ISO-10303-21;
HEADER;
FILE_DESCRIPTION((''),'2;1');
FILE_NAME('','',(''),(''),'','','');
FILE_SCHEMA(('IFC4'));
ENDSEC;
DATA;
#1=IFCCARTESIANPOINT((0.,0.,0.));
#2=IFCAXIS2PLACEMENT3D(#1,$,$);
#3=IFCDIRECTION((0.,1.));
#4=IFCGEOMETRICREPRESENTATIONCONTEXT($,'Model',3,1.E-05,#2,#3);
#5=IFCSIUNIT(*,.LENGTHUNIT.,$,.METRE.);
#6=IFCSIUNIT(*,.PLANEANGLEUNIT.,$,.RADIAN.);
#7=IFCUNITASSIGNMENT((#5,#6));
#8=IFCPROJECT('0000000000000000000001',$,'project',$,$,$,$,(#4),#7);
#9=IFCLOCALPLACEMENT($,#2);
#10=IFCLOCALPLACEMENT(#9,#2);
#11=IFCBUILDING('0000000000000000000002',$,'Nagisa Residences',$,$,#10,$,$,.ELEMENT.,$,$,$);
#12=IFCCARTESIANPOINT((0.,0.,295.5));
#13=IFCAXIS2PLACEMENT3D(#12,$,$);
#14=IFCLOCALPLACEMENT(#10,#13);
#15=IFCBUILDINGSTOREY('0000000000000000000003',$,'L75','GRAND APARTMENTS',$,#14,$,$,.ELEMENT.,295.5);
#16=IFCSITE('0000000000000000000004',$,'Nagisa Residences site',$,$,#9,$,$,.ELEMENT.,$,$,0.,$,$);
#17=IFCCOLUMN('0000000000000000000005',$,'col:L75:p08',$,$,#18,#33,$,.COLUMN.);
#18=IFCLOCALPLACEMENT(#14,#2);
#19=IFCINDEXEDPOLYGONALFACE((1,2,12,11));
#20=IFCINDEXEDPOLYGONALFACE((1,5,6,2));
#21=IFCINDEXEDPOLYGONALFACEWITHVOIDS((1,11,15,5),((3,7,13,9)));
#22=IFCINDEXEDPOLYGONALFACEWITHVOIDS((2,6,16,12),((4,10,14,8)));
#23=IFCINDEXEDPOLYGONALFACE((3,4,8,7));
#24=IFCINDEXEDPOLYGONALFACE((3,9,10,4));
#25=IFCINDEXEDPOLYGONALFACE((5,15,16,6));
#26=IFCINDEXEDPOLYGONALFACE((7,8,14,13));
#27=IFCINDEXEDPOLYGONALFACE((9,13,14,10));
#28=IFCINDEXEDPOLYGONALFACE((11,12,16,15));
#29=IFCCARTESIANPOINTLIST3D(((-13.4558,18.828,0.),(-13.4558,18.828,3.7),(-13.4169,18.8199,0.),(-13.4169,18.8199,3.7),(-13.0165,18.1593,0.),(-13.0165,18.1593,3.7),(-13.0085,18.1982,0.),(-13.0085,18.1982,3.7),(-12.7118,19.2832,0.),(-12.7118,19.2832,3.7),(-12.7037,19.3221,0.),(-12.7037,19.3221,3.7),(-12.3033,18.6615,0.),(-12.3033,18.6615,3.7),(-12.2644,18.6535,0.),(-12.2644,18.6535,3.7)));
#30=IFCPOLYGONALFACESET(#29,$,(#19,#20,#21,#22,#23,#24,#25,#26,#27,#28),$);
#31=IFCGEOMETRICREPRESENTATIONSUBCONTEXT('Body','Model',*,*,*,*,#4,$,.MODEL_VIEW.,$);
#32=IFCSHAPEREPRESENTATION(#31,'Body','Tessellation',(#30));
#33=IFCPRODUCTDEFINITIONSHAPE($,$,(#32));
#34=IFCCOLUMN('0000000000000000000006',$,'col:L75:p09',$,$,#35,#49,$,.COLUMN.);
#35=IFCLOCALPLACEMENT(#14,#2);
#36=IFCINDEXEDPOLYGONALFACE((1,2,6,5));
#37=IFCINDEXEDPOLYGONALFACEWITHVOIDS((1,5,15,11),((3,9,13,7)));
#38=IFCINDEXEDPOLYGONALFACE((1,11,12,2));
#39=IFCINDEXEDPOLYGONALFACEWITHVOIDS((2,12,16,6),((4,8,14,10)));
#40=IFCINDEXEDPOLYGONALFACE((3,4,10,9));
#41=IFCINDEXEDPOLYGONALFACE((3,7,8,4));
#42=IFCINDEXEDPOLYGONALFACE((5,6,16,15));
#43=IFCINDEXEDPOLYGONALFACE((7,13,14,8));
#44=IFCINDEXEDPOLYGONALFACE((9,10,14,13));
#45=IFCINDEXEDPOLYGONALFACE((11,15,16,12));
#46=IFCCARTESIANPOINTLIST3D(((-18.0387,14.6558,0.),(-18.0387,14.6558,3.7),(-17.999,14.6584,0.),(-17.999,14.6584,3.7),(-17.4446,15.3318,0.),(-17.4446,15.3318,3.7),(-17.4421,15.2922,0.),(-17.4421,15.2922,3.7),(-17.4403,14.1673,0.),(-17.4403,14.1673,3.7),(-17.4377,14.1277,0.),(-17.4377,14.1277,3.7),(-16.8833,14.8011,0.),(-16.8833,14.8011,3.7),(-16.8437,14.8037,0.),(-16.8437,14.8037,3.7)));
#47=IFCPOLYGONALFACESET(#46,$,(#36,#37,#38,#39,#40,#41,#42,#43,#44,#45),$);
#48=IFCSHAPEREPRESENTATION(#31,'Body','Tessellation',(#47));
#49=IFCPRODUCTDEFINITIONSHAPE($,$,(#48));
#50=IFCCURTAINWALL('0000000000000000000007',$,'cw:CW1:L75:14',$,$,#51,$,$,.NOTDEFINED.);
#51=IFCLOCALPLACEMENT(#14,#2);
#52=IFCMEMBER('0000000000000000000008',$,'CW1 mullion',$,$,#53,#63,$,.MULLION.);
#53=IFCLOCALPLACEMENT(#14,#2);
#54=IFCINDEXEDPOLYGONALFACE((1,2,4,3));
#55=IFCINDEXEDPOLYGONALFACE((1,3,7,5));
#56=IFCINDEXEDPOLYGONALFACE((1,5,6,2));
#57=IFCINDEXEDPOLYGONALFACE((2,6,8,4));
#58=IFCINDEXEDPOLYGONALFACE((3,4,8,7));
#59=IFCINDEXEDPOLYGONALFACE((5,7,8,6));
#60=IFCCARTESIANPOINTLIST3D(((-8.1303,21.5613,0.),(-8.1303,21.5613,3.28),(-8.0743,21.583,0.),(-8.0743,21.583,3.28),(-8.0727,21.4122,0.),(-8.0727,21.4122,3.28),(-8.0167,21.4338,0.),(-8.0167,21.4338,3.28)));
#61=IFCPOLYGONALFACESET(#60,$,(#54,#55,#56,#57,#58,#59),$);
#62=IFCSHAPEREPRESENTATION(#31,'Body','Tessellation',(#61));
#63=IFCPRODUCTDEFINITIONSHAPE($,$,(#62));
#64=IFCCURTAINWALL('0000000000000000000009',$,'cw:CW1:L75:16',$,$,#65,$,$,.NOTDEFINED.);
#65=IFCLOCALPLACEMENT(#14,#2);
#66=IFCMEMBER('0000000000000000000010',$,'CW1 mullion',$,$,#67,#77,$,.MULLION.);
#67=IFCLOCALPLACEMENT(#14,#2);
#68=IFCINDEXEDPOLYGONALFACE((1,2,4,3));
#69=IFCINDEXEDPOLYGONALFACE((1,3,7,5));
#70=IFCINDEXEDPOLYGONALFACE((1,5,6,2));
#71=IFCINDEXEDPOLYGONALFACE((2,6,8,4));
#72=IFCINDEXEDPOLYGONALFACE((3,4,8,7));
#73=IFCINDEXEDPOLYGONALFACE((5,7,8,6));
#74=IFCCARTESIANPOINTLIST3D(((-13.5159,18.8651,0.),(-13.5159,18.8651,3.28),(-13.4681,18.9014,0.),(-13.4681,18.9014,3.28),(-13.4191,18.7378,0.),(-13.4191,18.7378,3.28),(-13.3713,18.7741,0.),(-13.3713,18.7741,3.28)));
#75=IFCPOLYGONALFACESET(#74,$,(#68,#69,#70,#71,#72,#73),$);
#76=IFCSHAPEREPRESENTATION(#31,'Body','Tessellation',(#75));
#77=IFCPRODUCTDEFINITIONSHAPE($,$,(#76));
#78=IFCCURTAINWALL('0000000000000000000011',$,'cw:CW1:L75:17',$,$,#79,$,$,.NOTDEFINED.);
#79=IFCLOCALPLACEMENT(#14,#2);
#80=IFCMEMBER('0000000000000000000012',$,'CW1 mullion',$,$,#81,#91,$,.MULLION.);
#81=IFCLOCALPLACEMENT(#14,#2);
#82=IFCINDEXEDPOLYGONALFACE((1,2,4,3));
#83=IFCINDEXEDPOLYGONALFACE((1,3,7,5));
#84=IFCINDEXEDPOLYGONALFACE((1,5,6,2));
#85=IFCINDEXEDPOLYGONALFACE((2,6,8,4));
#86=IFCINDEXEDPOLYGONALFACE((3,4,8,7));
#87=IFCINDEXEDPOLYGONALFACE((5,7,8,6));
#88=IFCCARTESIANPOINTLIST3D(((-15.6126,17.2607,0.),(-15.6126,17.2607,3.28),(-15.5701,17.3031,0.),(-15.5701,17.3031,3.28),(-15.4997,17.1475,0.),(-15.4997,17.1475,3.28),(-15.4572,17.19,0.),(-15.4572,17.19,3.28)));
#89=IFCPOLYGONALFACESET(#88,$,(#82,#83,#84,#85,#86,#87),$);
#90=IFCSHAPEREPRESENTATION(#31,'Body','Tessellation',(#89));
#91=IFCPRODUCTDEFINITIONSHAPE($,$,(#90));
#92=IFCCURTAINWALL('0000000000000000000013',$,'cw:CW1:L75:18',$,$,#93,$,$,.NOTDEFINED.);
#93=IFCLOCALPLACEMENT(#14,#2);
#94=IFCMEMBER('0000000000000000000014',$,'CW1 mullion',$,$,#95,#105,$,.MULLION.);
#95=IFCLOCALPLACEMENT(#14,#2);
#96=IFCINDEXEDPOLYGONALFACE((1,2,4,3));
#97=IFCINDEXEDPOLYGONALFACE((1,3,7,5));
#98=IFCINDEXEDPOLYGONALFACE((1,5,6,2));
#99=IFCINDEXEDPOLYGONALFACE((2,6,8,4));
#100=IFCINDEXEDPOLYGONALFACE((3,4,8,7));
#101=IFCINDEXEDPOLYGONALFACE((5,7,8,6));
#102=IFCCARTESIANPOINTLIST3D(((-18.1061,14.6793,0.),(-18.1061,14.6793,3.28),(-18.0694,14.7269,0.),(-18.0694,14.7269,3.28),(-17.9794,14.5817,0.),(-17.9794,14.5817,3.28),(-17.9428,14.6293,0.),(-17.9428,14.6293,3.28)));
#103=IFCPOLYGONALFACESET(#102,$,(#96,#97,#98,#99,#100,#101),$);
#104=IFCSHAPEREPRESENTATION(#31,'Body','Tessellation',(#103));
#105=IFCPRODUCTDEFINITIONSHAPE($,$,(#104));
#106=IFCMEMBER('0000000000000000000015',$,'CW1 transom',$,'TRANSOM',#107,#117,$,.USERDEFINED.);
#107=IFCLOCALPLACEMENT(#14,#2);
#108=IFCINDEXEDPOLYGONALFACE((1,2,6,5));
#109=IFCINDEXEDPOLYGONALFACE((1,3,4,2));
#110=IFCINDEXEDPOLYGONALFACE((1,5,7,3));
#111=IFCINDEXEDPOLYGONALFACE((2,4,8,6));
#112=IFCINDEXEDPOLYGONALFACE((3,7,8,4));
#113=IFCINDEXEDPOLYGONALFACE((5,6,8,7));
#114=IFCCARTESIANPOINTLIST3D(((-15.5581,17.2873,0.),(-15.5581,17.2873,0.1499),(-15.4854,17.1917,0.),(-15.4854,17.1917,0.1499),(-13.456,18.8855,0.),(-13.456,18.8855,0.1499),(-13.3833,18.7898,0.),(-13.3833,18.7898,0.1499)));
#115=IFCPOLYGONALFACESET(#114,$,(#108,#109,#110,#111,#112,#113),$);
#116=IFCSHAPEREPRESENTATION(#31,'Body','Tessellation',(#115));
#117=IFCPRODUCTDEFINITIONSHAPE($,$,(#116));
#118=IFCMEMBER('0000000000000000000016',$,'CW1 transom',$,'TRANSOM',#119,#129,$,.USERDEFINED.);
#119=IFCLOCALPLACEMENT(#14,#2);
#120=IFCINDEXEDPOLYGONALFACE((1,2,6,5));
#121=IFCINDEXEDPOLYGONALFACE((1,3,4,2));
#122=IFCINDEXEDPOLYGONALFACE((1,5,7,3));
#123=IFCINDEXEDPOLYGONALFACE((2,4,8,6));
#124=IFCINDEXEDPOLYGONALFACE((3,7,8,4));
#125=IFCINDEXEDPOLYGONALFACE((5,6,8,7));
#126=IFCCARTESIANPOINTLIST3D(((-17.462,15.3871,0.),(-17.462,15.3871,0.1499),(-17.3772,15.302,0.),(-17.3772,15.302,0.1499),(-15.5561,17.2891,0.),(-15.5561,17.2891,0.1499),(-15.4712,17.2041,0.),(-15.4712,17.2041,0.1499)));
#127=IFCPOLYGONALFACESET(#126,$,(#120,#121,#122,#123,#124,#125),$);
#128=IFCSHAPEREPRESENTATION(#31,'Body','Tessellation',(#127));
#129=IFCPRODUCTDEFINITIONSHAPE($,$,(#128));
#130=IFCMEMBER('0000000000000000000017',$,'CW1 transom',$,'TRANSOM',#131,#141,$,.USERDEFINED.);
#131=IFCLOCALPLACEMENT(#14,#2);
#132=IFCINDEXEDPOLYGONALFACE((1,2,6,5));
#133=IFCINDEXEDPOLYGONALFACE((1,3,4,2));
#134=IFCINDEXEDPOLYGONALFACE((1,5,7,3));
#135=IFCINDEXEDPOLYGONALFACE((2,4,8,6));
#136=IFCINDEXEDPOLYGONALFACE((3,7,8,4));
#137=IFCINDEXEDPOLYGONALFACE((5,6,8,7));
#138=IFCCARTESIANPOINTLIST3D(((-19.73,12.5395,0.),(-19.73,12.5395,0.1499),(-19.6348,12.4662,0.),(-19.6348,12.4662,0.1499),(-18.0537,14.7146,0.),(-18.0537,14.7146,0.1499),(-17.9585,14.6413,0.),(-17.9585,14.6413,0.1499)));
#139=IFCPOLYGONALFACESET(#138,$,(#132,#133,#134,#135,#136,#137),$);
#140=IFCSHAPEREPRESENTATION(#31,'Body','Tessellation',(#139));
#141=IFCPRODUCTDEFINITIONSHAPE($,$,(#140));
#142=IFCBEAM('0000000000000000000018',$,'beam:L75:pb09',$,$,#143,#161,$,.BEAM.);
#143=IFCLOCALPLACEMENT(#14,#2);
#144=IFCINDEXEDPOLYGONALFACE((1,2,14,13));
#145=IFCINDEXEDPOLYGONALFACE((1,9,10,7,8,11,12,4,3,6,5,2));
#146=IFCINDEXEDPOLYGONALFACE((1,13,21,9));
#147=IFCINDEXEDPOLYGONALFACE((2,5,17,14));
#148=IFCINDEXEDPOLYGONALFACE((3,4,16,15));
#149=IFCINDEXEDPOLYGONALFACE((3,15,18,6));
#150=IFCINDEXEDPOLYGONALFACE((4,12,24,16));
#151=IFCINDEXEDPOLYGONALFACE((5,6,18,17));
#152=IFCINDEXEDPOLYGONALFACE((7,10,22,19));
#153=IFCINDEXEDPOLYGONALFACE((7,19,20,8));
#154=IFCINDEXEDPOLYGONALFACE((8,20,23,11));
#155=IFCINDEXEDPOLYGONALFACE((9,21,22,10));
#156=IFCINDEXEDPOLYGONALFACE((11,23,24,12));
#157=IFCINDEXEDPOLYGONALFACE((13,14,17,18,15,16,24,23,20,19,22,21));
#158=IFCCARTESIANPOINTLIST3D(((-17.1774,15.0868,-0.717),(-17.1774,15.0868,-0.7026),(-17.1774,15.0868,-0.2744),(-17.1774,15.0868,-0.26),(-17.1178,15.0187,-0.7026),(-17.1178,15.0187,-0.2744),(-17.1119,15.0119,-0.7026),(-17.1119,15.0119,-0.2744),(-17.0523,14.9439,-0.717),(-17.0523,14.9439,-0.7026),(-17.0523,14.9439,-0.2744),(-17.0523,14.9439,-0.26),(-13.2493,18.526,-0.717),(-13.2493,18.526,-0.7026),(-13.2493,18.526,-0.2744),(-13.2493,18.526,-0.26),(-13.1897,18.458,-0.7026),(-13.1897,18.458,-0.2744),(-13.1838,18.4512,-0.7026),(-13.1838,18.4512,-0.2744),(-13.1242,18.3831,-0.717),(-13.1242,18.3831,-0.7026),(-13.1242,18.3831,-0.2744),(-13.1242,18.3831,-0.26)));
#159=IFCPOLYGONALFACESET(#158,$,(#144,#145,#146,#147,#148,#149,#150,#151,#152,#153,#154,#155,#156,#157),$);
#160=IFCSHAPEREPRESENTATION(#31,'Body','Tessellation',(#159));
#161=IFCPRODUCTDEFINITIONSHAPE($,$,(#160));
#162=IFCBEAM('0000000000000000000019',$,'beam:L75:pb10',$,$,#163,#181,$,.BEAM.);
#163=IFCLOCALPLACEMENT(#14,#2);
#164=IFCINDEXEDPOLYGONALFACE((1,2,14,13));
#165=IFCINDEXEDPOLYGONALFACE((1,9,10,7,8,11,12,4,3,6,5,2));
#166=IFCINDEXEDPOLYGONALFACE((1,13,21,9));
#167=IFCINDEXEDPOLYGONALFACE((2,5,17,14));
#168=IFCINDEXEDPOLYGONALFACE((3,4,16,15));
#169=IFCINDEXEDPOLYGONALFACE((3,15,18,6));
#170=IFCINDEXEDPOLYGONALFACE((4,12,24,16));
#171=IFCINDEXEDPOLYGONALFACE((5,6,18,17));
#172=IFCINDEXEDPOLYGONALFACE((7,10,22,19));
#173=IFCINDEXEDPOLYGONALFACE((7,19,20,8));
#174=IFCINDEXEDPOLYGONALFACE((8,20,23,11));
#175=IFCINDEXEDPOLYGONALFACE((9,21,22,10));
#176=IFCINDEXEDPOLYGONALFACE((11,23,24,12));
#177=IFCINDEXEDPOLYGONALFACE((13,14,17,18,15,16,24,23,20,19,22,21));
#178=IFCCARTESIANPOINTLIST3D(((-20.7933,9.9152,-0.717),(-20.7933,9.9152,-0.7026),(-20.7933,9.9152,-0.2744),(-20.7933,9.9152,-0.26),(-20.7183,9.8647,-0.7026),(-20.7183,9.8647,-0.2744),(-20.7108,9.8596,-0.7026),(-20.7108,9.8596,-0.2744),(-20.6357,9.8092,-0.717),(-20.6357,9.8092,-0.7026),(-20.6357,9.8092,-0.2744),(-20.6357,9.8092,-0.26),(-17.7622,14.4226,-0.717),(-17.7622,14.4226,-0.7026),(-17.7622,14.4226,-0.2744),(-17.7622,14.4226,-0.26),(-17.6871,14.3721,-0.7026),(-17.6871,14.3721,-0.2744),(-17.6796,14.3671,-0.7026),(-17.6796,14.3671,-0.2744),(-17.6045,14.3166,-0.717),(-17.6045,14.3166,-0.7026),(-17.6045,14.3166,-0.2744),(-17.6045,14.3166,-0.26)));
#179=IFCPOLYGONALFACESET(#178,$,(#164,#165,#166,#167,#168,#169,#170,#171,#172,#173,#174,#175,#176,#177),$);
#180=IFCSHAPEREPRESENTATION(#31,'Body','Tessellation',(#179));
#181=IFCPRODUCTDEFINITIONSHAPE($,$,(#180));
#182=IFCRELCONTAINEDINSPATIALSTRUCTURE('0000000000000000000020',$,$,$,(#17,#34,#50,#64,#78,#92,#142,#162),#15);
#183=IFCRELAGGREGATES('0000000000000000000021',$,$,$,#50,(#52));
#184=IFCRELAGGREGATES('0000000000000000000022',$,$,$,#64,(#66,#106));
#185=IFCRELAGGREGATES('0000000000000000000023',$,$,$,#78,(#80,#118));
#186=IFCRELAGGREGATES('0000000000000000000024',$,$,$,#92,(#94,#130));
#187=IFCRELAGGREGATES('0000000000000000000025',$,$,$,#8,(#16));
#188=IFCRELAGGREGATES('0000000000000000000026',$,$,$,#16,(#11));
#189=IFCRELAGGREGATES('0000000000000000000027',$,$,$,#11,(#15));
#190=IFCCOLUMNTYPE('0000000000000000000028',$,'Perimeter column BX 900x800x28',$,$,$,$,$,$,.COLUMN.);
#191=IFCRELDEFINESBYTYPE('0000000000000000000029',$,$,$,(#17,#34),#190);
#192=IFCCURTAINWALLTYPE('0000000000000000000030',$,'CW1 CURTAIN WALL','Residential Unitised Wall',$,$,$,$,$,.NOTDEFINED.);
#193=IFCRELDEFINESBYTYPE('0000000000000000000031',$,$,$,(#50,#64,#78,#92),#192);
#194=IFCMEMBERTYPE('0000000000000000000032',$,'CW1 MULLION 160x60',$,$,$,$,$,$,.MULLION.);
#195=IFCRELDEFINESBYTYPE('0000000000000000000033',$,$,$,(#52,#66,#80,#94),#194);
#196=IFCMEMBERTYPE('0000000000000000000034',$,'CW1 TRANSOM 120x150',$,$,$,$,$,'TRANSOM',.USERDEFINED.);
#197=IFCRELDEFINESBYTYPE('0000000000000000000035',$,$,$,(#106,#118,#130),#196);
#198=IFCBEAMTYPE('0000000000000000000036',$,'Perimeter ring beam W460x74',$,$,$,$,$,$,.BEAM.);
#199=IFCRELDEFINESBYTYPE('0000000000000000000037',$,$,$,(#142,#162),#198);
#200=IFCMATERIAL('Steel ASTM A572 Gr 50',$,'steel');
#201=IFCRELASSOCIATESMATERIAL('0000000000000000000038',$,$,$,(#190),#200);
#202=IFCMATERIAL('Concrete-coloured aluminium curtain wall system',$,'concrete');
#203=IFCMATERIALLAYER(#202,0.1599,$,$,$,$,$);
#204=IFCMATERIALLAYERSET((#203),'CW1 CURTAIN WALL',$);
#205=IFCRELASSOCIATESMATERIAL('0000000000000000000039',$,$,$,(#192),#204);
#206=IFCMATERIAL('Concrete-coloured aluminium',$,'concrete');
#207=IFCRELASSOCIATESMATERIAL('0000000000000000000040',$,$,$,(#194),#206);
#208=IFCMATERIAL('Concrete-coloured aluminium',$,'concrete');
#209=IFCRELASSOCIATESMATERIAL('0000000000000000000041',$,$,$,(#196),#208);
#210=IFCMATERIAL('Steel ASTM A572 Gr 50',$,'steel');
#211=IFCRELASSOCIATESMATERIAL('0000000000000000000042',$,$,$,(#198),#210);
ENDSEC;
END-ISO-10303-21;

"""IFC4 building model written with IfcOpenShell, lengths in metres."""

from ifc_helpers import new_model, si_unit, direction, frame, origin, origin_2d, place, context, subcontext, project, spatial, rectangle, hollow_rectangle, i_section, extrude, material, layer, layer_set, material_profile, profile_set, type_object, element, aggregate, save


model = new_model("IFC4")

# Units and contexts
model_context = context("Model", 3, precision=1e-05, world=origin(), true_north=direction((0.0, 1.0)))
body_context = subcontext(model_context, "Body", "Model", "MODEL_VIEW")
ifc_project = project(units=[si_unit("LENGTHUNIT", "METRE"), si_unit("PLANEANGLEUNIT", "RADIAN")], contexts=[model_context])

# Site, building, storey
site_placement = place(None, origin())
site = spatial("IfcSite", under=ifc_project, at=site_placement, Name="Nagisa Residences site", CompositionType="ELEMENT", RefElevation=0.0)
building_placement = place(site_placement, origin())
building = spatial("IfcBuilding", under=site, at=building_placement, Name="Nagisa Residences", CompositionType="ELEMENT")
storey_placement = place(building_placement, frame((0.0, 0.0, 295.5)))
storey = spatial("IfcBuildingStorey", under=building, at=storey_placement, Name="L75", Description="GRAND APARTMENTS", CompositionType="ELEMENT", Elevation=295.5)

# Columns
ifc_material_1 = material(Name="Steel ASTM A572 Gr 50", Category="steel")
ifc_material_profile_1 = material_profile(ifc_material_1, hollow_rectangle(XDim=0.8999, YDim=0.8, WallThickness=0.0281, at=origin_2d()), Name="BX 900x800x28")
ifc_profile_set_1 = profile_set([ifc_material_profile_1], Name="Steel ASTM A572 Gr 50")
column_type = type_object("IfcColumnType", Name="Perimeter column BX 900x800x28", PredefinedType="COLUMN", material=ifc_profile_set_1)
for number, where, z_axis, x_axis, name in (
    (1, (-12.8601, 18.7407, 0.0), (0.0, 0.0, 1.0), (-0.835766, -0.549086, 0.0), "col:L75:p08"),
    (2, (-17.4412, 14.7297, 0.0), (0.0, 0.0, 1.0), (-0.660115, -0.751165, 0.0), "col:L75:p09"),
):
    element("IfcColumn", number, at=place(storey_placement, frame(where, z_axis=z_axis, x_axis=x_axis)), inside=storey, type_object=column_type, Name=name, PredefinedType="COLUMN", context=body_context, shape_type="SweptSolid", body=[
        extrude(hollow_rectangle(XDim=0.8999, YDim=0.8, WallThickness=0.0281, at=origin_2d()), origin(), (0.0, 0.0, 1.0), 3.7),
    ])

# Curtain walls, members
ifc_material_2 = material(Name="Concrete-coloured aluminium curtain wall system", Category="concrete")
ifc_layer_1 = layer(ifc_material_2, 0.1599)
ifc_layer_set_1 = layer_set([ifc_layer_1], Name="CW1 CURTAIN WALL")
curtain_wall_type = type_object("IfcCurtainWallType", Name="CW1 CURTAIN WALL", Description="Residential Unitised Wall", PredefinedType="NOTDEFINED", material=ifc_layer_set_1)
curtain_wall_1_placement = place(storey_placement, origin())
curtain_wall_1 = element("IfcCurtainWall", 3, at=curtain_wall_1_placement, inside=storey, type_object=curtain_wall_type, Name="cw:CW1:L75:14", PredefinedType="NOTDEFINED")
ifc_material_3 = material(Name="Concrete-coloured aluminium", Category="concrete")
ifc_material_profile_2 = material_profile(ifc_material_3, rectangle(XDim=0.1599, YDim=0.0601, at=origin_2d()), Name="CW1 MULLION 160x60")
ifc_profile_set_2 = profile_set([ifc_material_profile_2], Name="Concrete-coloured aluminium")
member_type_1 = type_object("IfcMemberType", Name="CW1 MULLION 160x60", PredefinedType="MULLION", material=ifc_profile_set_2)
member_1_placement = place(storey_placement, frame((-8.0735, 21.4976, 0.0), z_axis=(0.0, 0.0, 1.0), x_axis=(0.360328, -0.932826, 0.0)))
member_1 = element("IfcMember", 4, at=member_1_placement, type_object=member_type_1, Name="CW1 mullion", PredefinedType="MULLION", context=body_context, shape_type="SweptSolid", body=[
    extrude(rectangle(XDim=0.1599, YDim=0.0601, at=origin_2d()), origin(), (0.0, 0.0, 1.0), 3.28),
])
curtain_wall_2_placement = place(storey_placement, origin())
curtain_wall_2 = element("IfcCurtainWall", 5, at=curtain_wall_2_placement, inside=storey, type_object=curtain_wall_type, Name="cw:CW1:L75:16", PredefinedType="NOTDEFINED")
member_2_placement = place(storey_placement, frame((-13.4436, 18.8196, 0.0), z_axis=(0.0, 0.0, 1.0), x_axis=(0.605255, -0.796031, 0.0)))
member_2 = element("IfcMember", 6, at=member_2_placement, type_object=member_type_1, Name="CW1 mullion", PredefinedType="MULLION", context=body_context, shape_type="SweptSolid", body=[
    extrude(rectangle(XDim=0.1599, YDim=0.0601, at=origin_2d()), origin(), (0.0, 0.0, 1.0), 3.28),
])
curtain_wall_3_placement = place(storey_placement, origin())
curtain_wall_3 = element("IfcCurtainWall", 7, at=curtain_wall_3_placement, inside=storey, type_object=curtain_wall_type, Name="cw:CW1:L75:17", PredefinedType="NOTDEFINED")
member_3_placement = place(storey_placement, frame((-15.5349, 17.2253, 0.0), z_axis=(0.0, 0.0, 1.0), x_axis=(0.706377, -0.707836, 0.0)))
member_3 = element("IfcMember", 8, at=member_3_placement, type_object=member_type_1, Name="CW1 mullion", PredefinedType="MULLION", context=body_context, shape_type="SweptSolid", body=[
    extrude(rectangle(XDim=0.1599, YDim=0.0601, at=origin_2d()), origin(), (0.0, 0.0, 1.0), 3.28),
])
curtain_wall_4_placement = place(storey_placement, origin())
curtain_wall_4 = element("IfcCurtainWall", 9, at=curtain_wall_4_placement, inside=storey, type_object=curtain_wall_type, Name="cw:CW1:L75:18", PredefinedType="NOTDEFINED")
member_4_placement = place(storey_placement, frame((-18.0244, 14.6543, 0.0), z_axis=(0.0, 0.0, 1.0), x_axis=(0.79207, -0.61043, 0.0)))
member_4 = element("IfcMember", 10, at=member_4_placement, type_object=member_type_1, Name="CW1 mullion", PredefinedType="MULLION", context=body_context, shape_type="SweptSolid", body=[
    extrude(rectangle(XDim=0.1599, YDim=0.0601, at=origin_2d()), origin(), (0.0, 0.0, 1.0), 3.28),
])

# Members
ifc_material_4 = material(Name="Concrete-coloured aluminium", Category="concrete")
ifc_material_profile_3 = material_profile(ifc_material_4, rectangle(XDim=0.1201, YDim=0.1499, at=origin_2d()), Name="CW1 TRANSOM 120x150")
ifc_profile_set_3 = profile_set([ifc_material_profile_3], Name="Concrete-coloured aluminium")
member_type_2 = type_object("IfcMemberType", Name="CW1 TRANSOM 120x150", ElementType="TRANSOM", PredefinedType="USERDEFINED", material=ifc_profile_set_3)
member_5_placement = place(storey_placement, frame((-13.4197, 18.8376, 0.075), z_axis=(-0.796055, -0.605224, 0.0), x_axis=(0.605224, -0.796055, 0.0)))
member_5 = element("IfcMember", 11, at=member_5_placement, type_object=member_type_2, Name="CW1 transom", ObjectType="TRANSOM", PredefinedType="USERDEFINED", context=body_context, shape_type="SweptSolid", body=[
    extrude(rectangle(XDim=0.1201, YDim=0.1499, at=origin_2d()), origin(), (0.0, 0.0, 1.0), 2.6406),
])
member_6_placement = place(storey_placement, frame((-15.5137, 17.2466, 0.075), z_axis=(-0.707832, -0.706381, 0.0), x_axis=(0.706381, -0.707832, 0.0)))
member_6 = element("IfcMember", 12, at=member_6_placement, type_object=member_type_2, Name="CW1 transom", ObjectType="TRANSOM", PredefinedType="USERDEFINED", context=body_context, shape_type="SweptSolid", body=[
    extrude(rectangle(XDim=0.1201, YDim=0.1499, at=origin_2d()), origin(), (0.0, 0.0, 1.0), 2.6926),
])
member_7_placement = place(storey_placement, frame((-18.0061, 14.678, 0.075), z_axis=(-0.610432, -0.792068, 0.0), x_axis=(0.792068, -0.610432, 0.0)))
member_7 = element("IfcMember", 13, at=member_7_placement, type_object=member_type_2, Name="CW1 transom", ObjectType="TRANSOM", PredefinedType="USERDEFINED", context=body_context, shape_type="SweptSolid", body=[
    extrude(rectangle(XDim=0.1201, YDim=0.1499, at=origin_2d()), origin(), (0.0, 0.0, 1.0), 2.7461),
])

# Beams
ifc_material_5 = material(Name="Steel ASTM A572 Gr 50", Category="steel")
ifc_material_profile_4 = material_profile(ifc_material_5, i_section(OverallWidth=0.1899, OverallDepth=0.457, WebThickness=0.009, FlangeThickness=0.0144, at=origin_2d()), Name="W460x74")
ifc_profile_set_4 = profile_set([ifc_material_profile_4], Name="Steel ASTM A572 Gr 50")
beam_type_1 = type_object("IfcBeamType", Name="Perimeter ring beam W460x74", PredefinedType="BEAM", material=ifc_profile_set_4)
beam_1_placement = place(storey_placement, frame((-13.1868, 18.4546, -0.4885), z_axis=(-0.752365, -0.658746, 0.0), x_axis=(0.658746, -0.752365, 0.0)))
element("IfcBeam", 14, at=beam_1_placement, inside=storey, type_object=beam_type_1, Name="beam:L75:pb09", PredefinedType="BEAM", context=body_context, shape_type="SweptSolid", body=[
    extrude(i_section(OverallWidth=0.1899, OverallDepth=0.457, WebThickness=0.009, FlangeThickness=0.0144, at=origin_2d()), origin(), (0.0, 0.0, 1.0), 5.2209),
])
beam_2_placement = place(storey_placement, frame((-17.6833, 14.3696, -0.4885), z_axis=(-0.558035, -0.829817, 0.0), x_axis=(0.829817, -0.558035, 0.0)))
element("IfcBeam", 15, at=beam_2_placement, inside=storey, type_object=beam_type_1, Name="beam:L75:pb10", PredefinedType="BEAM", context=body_context, shape_type="SweptSolid", body=[
    extrude(i_section(OverallWidth=0.1899, OverallDepth=0.457, WebThickness=0.009, FlangeThickness=0.0144, at=origin_2d()), origin(), (0.0, 0.0, 1.0), 5.4319),
])

aggregate(curtain_wall_1, [member_1])
aggregate(curtain_wall_2, [member_2, member_5])
aggregate(curtain_wall_3, [member_3, member_6])
aggregate(curtain_wall_4, [member_4, member_7])

save(model, "model.ifc")
